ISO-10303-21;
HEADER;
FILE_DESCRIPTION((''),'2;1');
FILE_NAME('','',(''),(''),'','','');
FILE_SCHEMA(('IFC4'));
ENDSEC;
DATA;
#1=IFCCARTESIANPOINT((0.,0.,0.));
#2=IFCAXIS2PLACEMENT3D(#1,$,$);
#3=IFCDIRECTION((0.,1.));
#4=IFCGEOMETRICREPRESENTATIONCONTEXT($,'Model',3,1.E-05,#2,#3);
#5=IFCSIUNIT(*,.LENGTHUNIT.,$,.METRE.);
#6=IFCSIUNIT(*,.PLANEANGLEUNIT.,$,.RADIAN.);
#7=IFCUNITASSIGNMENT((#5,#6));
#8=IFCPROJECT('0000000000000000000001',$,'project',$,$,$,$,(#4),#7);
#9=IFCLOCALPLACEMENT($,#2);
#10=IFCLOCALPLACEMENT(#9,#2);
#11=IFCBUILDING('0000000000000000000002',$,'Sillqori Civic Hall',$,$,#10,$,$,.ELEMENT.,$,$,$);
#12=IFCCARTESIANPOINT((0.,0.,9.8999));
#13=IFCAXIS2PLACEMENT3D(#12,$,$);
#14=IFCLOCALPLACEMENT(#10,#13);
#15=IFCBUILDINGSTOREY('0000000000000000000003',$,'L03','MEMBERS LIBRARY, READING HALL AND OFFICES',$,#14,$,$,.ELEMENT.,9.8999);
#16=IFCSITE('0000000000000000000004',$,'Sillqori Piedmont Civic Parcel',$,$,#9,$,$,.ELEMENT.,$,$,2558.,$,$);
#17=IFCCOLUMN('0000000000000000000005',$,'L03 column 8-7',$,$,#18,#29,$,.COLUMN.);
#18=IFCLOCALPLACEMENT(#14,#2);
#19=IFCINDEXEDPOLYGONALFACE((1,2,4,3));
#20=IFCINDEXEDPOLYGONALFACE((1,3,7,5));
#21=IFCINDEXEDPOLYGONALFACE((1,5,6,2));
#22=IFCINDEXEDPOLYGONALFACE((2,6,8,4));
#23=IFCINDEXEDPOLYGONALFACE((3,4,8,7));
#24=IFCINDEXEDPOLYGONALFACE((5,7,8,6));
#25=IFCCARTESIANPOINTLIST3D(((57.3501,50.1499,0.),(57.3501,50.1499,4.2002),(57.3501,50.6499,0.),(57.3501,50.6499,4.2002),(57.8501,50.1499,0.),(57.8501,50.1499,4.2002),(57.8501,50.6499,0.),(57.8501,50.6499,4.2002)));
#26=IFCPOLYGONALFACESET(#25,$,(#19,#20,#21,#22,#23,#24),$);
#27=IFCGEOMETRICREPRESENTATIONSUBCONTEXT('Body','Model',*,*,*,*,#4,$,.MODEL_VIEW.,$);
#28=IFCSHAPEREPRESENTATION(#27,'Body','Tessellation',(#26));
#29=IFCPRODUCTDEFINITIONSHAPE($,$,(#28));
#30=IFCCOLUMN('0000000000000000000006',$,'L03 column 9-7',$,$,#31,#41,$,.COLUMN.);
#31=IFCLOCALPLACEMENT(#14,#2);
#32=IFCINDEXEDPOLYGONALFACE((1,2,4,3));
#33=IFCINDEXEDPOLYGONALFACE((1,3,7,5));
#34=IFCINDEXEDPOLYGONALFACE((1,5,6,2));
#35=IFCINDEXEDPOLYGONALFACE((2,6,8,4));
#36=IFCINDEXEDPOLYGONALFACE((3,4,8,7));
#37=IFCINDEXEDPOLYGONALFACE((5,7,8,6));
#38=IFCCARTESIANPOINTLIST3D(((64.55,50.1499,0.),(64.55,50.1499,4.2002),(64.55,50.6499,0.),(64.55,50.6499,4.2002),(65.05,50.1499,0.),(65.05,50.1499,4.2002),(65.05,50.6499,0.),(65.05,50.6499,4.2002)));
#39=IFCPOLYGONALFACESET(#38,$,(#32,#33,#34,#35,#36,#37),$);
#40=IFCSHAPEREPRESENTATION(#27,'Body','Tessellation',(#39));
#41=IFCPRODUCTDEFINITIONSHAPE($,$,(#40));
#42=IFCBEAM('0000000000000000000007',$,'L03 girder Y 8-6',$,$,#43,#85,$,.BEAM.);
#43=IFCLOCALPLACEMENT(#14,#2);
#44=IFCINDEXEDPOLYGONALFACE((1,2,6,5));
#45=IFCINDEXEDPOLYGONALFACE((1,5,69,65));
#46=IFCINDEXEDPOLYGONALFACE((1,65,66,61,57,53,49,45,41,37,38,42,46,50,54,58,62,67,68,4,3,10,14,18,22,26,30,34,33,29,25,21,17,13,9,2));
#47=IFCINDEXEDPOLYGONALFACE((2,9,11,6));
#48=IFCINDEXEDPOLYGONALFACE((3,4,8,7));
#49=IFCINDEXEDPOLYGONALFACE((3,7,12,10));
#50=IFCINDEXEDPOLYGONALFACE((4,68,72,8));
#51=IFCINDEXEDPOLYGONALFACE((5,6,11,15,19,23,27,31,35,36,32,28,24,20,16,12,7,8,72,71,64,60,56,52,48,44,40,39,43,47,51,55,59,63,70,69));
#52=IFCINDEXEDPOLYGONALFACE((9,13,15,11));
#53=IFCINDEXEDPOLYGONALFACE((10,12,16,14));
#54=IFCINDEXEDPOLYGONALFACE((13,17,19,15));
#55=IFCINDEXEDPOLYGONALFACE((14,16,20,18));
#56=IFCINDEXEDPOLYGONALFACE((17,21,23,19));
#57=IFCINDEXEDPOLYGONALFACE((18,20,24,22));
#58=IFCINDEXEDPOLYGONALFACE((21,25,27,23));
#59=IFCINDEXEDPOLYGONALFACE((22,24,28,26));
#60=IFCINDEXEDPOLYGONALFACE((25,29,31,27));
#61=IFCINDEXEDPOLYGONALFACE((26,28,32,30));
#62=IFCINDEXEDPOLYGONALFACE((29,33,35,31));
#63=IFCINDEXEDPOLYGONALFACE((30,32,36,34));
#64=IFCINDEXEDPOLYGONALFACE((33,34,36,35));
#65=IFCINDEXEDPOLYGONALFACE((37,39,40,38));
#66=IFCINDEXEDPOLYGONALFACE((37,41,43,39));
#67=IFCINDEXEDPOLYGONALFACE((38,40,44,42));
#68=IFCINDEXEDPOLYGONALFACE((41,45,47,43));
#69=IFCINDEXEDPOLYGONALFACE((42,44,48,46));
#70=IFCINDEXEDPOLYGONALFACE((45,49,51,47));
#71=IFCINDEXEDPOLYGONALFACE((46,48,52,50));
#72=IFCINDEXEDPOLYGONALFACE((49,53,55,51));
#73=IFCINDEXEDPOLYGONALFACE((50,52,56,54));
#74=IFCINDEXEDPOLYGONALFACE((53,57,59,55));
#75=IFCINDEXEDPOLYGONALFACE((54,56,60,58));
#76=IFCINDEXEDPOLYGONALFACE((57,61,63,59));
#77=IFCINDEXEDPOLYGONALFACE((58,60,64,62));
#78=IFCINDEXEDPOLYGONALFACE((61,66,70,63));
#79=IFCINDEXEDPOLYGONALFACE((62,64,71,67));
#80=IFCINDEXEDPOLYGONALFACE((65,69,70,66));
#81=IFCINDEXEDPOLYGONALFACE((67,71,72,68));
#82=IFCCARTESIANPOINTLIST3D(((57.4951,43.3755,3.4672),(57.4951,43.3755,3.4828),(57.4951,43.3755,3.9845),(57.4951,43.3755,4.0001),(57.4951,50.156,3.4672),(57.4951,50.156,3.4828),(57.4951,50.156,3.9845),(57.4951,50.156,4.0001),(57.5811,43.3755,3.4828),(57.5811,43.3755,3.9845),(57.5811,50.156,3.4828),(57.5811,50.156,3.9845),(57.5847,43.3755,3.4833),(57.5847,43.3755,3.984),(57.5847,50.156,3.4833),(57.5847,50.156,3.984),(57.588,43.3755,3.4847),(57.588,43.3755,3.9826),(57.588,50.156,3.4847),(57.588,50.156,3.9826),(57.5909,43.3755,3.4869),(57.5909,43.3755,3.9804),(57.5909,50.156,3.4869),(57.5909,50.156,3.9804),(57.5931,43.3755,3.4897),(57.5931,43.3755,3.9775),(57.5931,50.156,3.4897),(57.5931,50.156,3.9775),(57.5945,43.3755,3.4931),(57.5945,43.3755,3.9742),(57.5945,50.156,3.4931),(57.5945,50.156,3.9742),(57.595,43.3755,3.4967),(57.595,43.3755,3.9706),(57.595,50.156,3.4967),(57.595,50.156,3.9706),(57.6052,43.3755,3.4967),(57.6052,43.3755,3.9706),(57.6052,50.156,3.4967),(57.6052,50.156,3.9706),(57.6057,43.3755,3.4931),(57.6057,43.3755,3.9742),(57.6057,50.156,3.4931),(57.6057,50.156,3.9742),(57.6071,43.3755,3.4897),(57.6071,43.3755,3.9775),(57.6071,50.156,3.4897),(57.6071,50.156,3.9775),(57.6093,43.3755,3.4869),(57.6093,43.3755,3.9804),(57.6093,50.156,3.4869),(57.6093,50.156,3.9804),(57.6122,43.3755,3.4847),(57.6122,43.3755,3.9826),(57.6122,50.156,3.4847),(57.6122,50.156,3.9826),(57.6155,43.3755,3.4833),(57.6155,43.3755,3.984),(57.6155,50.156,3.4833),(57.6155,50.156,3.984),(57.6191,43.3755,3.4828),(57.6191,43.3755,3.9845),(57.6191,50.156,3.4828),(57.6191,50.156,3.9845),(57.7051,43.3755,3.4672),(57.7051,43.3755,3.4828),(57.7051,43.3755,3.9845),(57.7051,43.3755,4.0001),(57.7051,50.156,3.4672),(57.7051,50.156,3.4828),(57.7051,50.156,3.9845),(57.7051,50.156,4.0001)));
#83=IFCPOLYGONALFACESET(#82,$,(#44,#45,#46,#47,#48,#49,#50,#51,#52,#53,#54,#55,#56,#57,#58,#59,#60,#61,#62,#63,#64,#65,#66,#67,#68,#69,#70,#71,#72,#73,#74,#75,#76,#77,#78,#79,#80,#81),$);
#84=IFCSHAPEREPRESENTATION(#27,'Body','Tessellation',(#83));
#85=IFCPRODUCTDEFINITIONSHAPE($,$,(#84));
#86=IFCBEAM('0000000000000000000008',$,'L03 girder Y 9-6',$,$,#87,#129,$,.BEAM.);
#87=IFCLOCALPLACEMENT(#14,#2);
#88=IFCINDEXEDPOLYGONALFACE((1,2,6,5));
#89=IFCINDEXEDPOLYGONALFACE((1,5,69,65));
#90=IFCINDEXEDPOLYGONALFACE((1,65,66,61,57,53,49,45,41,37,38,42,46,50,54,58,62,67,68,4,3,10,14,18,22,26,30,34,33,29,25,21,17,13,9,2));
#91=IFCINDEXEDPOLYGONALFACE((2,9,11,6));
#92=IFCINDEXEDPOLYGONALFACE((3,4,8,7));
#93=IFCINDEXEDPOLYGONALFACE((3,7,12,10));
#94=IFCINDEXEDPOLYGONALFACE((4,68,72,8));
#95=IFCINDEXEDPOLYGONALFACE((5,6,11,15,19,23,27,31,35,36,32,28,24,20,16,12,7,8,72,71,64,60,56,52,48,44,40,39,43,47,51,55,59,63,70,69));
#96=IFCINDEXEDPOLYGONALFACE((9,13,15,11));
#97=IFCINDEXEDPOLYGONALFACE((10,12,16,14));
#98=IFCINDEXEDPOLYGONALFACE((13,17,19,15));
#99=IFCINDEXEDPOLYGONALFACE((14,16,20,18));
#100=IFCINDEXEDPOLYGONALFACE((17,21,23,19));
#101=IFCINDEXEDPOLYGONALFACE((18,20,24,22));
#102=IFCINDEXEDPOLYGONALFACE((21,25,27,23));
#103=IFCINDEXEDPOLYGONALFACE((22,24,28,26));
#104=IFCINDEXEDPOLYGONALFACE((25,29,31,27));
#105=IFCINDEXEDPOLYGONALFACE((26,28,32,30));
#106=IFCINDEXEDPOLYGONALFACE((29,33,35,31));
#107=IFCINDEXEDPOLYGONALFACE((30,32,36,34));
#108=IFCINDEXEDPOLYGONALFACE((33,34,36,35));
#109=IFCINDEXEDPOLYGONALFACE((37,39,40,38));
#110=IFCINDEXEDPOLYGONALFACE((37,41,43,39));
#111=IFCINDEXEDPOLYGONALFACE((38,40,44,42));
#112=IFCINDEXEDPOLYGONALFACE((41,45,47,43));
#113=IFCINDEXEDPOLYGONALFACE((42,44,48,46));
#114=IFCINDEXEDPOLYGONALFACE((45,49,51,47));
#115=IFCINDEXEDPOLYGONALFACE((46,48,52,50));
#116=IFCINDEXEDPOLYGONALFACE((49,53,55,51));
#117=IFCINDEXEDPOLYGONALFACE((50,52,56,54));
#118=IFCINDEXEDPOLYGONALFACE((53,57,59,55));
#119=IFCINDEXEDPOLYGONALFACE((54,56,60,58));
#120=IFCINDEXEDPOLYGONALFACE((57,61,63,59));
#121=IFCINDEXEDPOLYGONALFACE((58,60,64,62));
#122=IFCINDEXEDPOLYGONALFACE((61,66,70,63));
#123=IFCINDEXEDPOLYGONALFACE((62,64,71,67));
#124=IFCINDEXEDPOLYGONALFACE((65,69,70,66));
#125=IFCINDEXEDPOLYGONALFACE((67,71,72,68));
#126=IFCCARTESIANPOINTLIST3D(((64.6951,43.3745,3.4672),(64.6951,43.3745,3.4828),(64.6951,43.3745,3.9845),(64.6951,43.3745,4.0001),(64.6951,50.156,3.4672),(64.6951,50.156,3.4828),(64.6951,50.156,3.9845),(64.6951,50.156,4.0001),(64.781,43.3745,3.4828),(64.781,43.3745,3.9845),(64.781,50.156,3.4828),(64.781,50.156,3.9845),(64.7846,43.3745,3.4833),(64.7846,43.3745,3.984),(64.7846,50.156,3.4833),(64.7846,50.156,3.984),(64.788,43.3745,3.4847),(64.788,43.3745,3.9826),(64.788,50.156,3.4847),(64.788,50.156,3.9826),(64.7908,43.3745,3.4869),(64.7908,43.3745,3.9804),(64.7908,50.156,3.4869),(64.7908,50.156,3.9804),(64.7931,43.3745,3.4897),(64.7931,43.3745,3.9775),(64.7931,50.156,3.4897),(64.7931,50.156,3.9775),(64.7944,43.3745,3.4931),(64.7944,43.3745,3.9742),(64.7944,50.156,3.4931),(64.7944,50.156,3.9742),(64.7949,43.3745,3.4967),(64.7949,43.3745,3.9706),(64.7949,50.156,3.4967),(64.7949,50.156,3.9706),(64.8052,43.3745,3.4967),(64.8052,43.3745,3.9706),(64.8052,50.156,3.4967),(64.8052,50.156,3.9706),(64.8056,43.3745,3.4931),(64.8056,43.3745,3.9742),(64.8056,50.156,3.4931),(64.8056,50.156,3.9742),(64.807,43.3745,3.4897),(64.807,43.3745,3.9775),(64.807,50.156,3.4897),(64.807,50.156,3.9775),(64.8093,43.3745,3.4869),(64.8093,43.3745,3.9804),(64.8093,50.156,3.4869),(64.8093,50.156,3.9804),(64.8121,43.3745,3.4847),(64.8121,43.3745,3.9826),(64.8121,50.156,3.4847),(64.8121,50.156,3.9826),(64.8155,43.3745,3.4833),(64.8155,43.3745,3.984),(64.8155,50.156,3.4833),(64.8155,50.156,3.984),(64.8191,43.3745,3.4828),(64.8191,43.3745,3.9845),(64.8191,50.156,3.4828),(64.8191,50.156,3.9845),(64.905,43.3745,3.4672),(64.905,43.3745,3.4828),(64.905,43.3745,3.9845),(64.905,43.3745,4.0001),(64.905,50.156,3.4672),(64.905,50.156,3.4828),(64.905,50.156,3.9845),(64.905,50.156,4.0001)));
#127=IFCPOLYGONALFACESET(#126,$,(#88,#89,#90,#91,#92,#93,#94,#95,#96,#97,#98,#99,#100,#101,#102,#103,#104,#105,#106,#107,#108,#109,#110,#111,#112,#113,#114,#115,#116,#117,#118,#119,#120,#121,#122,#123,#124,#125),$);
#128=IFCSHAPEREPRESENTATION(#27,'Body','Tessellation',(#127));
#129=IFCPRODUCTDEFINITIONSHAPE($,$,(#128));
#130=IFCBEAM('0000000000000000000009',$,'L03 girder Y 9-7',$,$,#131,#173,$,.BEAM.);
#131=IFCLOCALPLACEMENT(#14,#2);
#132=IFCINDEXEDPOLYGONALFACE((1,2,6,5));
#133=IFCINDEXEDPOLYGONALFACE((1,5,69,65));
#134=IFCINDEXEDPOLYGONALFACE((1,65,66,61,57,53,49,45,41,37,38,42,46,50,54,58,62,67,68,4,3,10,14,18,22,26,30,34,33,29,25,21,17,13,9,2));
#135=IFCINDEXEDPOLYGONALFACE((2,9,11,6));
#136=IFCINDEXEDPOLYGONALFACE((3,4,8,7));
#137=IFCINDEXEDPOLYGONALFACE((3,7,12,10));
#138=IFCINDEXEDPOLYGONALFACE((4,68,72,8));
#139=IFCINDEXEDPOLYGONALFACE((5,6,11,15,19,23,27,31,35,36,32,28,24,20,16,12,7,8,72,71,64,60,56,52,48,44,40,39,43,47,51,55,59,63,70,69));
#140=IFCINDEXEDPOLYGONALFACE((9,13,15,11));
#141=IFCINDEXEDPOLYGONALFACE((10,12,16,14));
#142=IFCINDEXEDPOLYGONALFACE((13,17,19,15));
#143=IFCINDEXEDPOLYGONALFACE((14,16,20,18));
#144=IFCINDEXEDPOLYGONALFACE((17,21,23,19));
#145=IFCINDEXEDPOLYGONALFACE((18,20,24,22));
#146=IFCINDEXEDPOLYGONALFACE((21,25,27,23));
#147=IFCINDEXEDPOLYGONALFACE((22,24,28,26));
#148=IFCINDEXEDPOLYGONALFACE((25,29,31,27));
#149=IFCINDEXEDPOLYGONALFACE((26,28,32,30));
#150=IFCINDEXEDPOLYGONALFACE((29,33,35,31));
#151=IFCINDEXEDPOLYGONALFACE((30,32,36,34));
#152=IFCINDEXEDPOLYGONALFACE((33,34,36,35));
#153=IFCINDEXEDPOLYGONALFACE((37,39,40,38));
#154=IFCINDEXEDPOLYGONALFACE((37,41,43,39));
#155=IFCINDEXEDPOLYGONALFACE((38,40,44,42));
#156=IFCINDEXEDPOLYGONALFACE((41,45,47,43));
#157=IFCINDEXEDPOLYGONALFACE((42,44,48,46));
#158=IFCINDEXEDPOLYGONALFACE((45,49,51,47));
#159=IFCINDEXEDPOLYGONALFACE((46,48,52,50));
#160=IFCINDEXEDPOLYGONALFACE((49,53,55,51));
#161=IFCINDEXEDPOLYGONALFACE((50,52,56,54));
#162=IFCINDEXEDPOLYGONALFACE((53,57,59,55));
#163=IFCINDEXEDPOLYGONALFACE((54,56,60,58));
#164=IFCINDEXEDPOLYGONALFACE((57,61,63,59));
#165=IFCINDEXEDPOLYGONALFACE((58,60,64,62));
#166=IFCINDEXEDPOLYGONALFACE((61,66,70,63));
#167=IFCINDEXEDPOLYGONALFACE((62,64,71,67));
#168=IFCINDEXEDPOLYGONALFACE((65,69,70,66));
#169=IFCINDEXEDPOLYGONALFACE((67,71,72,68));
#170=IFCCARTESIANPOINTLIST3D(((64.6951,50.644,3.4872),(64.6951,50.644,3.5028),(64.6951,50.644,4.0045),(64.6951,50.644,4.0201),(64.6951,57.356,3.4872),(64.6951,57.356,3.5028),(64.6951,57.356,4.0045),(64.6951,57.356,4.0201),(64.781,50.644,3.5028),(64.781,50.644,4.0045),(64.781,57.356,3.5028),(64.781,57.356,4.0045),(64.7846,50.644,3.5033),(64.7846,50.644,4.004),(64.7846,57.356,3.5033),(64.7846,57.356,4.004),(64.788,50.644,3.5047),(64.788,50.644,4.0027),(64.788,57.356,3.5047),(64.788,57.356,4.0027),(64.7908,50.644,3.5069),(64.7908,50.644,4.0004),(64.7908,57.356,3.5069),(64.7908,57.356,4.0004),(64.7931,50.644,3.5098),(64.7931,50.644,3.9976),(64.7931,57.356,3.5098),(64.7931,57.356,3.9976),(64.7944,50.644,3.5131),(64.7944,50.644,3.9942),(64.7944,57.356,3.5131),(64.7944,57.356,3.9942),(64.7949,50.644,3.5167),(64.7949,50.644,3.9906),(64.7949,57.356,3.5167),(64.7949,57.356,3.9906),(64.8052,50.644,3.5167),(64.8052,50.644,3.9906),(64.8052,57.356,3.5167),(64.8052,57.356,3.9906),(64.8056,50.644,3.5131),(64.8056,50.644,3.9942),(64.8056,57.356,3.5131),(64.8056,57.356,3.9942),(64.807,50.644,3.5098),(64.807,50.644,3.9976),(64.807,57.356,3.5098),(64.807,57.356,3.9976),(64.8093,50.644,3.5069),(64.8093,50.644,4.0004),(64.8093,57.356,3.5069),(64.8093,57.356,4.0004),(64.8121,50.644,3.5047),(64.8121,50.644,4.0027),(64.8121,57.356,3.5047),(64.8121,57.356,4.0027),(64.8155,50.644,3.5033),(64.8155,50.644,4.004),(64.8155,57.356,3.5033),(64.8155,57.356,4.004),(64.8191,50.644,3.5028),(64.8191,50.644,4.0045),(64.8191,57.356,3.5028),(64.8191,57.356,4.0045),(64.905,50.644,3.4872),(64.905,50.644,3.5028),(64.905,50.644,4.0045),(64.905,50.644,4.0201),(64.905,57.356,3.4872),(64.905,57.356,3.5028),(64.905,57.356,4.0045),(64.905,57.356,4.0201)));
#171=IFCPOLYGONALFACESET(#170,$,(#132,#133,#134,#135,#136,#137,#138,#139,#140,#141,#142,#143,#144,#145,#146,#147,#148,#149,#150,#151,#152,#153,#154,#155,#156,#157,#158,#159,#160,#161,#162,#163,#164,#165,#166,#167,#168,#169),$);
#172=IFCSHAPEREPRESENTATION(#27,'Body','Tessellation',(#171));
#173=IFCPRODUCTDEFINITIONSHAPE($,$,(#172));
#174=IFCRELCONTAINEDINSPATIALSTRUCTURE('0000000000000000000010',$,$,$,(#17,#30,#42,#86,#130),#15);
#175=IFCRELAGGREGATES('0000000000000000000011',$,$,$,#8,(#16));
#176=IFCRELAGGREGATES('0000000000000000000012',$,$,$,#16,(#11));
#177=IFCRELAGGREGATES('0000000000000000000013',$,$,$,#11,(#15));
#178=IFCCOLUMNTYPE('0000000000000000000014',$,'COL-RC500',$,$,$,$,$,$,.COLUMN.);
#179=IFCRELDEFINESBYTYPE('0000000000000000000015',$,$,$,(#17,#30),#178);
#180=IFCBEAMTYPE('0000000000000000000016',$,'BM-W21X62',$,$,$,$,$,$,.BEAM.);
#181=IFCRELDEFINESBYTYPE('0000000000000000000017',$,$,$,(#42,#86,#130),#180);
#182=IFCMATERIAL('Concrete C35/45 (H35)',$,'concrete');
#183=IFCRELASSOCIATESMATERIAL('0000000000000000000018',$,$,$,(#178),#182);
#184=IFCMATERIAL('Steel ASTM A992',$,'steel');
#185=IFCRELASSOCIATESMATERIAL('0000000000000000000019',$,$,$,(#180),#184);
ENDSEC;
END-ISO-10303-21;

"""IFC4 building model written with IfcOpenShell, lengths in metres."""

from ifc_helpers import new_model, si_unit, direction, frame, origin, origin_2d, place, context, subcontext, project, spatial, rectangle, i_section, extrude, material, material_profile, profile_set, type_object, element, save


model = new_model("IFC4")

# Units and contexts
model_context = context("Model", 3, precision=1e-05, world=origin(), true_north=direction((0.0, 1.0)))
body_context = subcontext(model_context, "Body", "Model", "MODEL_VIEW")
ifc_project = project(units=[si_unit("LENGTHUNIT", "METRE"), si_unit("PLANEANGLEUNIT", "RADIAN")], contexts=[model_context])

# Site, building, storey
site_placement = place(None, origin())
site = spatial("IfcSite", under=ifc_project, at=site_placement, Name="Sillqori Piedmont Civic Parcel", CompositionType="ELEMENT", RefElevation=2558.0)
building_placement = place(site_placement, origin())
building = spatial("IfcBuilding", under=site, at=building_placement, Name="Sillqori Civic Hall", CompositionType="ELEMENT")
storey_placement = place(building_placement, frame((0.0, 0.0, 9.8999)))
storey = spatial("IfcBuildingStorey", under=building, at=storey_placement, Name="L03", Description="MEMBERS LIBRARY, READING HALL AND OFFICES", CompositionType="ELEMENT", Elevation=9.8999)

# Columns
ifc_material_1 = material(Name="Concrete C35/45 (H35)", Category="concrete")
ifc_material_profile_1 = material_profile(ifc_material_1, rectangle(XDim=0.5, YDim=0.5, at=origin_2d()), Name="RC 500x500")
ifc_profile_set_1 = profile_set([ifc_material_profile_1], Name="Concrete C35/45 (H35)")
column_type = type_object("IfcColumnType", Name="COL-RC500", PredefinedType="COLUMN", material=ifc_profile_set_1)
for number, where, z_axis, x_axis, name in (
    (1, (57.6001, 50.3999, 0.0), (0.0, 0.0, 1.0), (1.0, 0.0, 0.0), "L03 column 8-7"),
    (2, (64.8, 50.3999, 0.0), (0.0, 0.0, 1.0), (1.0, 0.0, 0.0), "L03 column 9-7"),
):
    element("IfcColumn", number, at=place(storey_placement, frame(where, z_axis=z_axis, x_axis=x_axis)), inside=storey, type_object=column_type, Name=name, PredefinedType="COLUMN", context=body_context, shape_type="SweptSolid", body=[
        extrude(rectangle(XDim=0.5, YDim=0.5, at=origin_2d()), origin(), (0.0, 0.0, 1.0), 4.2002),
    ])

# Beams
ifc_material_2 = material(Name="Steel ASTM A992", Category="steel")
ifc_material_profile_2 = material_profile(ifc_material_2, i_section(OverallWidth=0.21, OverallDepth=0.533, WebThickness=0.0103, FlangeThickness=0.0156, FilletRadius=0.0139, at=origin_2d()), Name="W21X62")
ifc_profile_set_2 = profile_set([ifc_material_profile_2], Name="Steel ASTM A992")
beam_type_1 = type_object("IfcBeamType", Name="BM-W21X62", PredefinedType="BEAM", material=ifc_profile_set_2)
beam_1_placement = place(storey_placement, frame((57.6001, 43.3755, 3.7336), z_axis=(0.0, 1.0, 0.0), x_axis=(-1.0, 0.0, 0.0)))
element("IfcBeam", 3, at=beam_1_placement, inside=storey, type_object=beam_type_1, Name="L03 girder Y 8-6", PredefinedType="BEAM", context=body_context, shape_type="SweptSolid", body=[
    extrude(i_section(OverallWidth=0.21, OverallDepth=0.533, WebThickness=0.0103, FlangeThickness=0.0156, FilletRadius=0.0139, at=origin_2d()), origin(), (0.0, 0.0, 1.0), 6.7805),
])
beam_2_placement = place(storey_placement, frame((64.8, 43.3745, 3.7336), z_axis=(0.0, 1.0, 0.0), x_axis=(-1.0, 0.0, 0.0)))
element("IfcBeam", 4, at=beam_2_placement, inside=storey, type_object=beam_type_1, Name="L03 girder Y 9-6", PredefinedType="BEAM", context=body_context, shape_type="SweptSolid", body=[
    extrude(i_section(OverallWidth=0.21, OverallDepth=0.533, WebThickness=0.0103, FlangeThickness=0.0156, FilletRadius=0.0139, at=origin_2d()), origin(), (0.0, 0.0, 1.0), 6.7815),
])
beam_3_placement = place(storey_placement, frame((64.8, 50.644, 3.7537), z_axis=(0.0, 1.0, 0.0), x_axis=(-1.0, 0.0, 0.0)))
element("IfcBeam", 5, at=beam_3_placement, inside=storey, type_object=beam_type_1, Name="L03 girder Y 9-7", PredefinedType="BEAM", context=body_context, shape_type="SweptSolid", body=[
    extrude(i_section(OverallWidth=0.21, OverallDepth=0.533, WebThickness=0.0103, FlangeThickness=0.0156, FilletRadius=0.0139, at=origin_2d()), origin(), (0.0, 0.0, 1.0), 6.7119),
])

save(model, "model.ifc")
